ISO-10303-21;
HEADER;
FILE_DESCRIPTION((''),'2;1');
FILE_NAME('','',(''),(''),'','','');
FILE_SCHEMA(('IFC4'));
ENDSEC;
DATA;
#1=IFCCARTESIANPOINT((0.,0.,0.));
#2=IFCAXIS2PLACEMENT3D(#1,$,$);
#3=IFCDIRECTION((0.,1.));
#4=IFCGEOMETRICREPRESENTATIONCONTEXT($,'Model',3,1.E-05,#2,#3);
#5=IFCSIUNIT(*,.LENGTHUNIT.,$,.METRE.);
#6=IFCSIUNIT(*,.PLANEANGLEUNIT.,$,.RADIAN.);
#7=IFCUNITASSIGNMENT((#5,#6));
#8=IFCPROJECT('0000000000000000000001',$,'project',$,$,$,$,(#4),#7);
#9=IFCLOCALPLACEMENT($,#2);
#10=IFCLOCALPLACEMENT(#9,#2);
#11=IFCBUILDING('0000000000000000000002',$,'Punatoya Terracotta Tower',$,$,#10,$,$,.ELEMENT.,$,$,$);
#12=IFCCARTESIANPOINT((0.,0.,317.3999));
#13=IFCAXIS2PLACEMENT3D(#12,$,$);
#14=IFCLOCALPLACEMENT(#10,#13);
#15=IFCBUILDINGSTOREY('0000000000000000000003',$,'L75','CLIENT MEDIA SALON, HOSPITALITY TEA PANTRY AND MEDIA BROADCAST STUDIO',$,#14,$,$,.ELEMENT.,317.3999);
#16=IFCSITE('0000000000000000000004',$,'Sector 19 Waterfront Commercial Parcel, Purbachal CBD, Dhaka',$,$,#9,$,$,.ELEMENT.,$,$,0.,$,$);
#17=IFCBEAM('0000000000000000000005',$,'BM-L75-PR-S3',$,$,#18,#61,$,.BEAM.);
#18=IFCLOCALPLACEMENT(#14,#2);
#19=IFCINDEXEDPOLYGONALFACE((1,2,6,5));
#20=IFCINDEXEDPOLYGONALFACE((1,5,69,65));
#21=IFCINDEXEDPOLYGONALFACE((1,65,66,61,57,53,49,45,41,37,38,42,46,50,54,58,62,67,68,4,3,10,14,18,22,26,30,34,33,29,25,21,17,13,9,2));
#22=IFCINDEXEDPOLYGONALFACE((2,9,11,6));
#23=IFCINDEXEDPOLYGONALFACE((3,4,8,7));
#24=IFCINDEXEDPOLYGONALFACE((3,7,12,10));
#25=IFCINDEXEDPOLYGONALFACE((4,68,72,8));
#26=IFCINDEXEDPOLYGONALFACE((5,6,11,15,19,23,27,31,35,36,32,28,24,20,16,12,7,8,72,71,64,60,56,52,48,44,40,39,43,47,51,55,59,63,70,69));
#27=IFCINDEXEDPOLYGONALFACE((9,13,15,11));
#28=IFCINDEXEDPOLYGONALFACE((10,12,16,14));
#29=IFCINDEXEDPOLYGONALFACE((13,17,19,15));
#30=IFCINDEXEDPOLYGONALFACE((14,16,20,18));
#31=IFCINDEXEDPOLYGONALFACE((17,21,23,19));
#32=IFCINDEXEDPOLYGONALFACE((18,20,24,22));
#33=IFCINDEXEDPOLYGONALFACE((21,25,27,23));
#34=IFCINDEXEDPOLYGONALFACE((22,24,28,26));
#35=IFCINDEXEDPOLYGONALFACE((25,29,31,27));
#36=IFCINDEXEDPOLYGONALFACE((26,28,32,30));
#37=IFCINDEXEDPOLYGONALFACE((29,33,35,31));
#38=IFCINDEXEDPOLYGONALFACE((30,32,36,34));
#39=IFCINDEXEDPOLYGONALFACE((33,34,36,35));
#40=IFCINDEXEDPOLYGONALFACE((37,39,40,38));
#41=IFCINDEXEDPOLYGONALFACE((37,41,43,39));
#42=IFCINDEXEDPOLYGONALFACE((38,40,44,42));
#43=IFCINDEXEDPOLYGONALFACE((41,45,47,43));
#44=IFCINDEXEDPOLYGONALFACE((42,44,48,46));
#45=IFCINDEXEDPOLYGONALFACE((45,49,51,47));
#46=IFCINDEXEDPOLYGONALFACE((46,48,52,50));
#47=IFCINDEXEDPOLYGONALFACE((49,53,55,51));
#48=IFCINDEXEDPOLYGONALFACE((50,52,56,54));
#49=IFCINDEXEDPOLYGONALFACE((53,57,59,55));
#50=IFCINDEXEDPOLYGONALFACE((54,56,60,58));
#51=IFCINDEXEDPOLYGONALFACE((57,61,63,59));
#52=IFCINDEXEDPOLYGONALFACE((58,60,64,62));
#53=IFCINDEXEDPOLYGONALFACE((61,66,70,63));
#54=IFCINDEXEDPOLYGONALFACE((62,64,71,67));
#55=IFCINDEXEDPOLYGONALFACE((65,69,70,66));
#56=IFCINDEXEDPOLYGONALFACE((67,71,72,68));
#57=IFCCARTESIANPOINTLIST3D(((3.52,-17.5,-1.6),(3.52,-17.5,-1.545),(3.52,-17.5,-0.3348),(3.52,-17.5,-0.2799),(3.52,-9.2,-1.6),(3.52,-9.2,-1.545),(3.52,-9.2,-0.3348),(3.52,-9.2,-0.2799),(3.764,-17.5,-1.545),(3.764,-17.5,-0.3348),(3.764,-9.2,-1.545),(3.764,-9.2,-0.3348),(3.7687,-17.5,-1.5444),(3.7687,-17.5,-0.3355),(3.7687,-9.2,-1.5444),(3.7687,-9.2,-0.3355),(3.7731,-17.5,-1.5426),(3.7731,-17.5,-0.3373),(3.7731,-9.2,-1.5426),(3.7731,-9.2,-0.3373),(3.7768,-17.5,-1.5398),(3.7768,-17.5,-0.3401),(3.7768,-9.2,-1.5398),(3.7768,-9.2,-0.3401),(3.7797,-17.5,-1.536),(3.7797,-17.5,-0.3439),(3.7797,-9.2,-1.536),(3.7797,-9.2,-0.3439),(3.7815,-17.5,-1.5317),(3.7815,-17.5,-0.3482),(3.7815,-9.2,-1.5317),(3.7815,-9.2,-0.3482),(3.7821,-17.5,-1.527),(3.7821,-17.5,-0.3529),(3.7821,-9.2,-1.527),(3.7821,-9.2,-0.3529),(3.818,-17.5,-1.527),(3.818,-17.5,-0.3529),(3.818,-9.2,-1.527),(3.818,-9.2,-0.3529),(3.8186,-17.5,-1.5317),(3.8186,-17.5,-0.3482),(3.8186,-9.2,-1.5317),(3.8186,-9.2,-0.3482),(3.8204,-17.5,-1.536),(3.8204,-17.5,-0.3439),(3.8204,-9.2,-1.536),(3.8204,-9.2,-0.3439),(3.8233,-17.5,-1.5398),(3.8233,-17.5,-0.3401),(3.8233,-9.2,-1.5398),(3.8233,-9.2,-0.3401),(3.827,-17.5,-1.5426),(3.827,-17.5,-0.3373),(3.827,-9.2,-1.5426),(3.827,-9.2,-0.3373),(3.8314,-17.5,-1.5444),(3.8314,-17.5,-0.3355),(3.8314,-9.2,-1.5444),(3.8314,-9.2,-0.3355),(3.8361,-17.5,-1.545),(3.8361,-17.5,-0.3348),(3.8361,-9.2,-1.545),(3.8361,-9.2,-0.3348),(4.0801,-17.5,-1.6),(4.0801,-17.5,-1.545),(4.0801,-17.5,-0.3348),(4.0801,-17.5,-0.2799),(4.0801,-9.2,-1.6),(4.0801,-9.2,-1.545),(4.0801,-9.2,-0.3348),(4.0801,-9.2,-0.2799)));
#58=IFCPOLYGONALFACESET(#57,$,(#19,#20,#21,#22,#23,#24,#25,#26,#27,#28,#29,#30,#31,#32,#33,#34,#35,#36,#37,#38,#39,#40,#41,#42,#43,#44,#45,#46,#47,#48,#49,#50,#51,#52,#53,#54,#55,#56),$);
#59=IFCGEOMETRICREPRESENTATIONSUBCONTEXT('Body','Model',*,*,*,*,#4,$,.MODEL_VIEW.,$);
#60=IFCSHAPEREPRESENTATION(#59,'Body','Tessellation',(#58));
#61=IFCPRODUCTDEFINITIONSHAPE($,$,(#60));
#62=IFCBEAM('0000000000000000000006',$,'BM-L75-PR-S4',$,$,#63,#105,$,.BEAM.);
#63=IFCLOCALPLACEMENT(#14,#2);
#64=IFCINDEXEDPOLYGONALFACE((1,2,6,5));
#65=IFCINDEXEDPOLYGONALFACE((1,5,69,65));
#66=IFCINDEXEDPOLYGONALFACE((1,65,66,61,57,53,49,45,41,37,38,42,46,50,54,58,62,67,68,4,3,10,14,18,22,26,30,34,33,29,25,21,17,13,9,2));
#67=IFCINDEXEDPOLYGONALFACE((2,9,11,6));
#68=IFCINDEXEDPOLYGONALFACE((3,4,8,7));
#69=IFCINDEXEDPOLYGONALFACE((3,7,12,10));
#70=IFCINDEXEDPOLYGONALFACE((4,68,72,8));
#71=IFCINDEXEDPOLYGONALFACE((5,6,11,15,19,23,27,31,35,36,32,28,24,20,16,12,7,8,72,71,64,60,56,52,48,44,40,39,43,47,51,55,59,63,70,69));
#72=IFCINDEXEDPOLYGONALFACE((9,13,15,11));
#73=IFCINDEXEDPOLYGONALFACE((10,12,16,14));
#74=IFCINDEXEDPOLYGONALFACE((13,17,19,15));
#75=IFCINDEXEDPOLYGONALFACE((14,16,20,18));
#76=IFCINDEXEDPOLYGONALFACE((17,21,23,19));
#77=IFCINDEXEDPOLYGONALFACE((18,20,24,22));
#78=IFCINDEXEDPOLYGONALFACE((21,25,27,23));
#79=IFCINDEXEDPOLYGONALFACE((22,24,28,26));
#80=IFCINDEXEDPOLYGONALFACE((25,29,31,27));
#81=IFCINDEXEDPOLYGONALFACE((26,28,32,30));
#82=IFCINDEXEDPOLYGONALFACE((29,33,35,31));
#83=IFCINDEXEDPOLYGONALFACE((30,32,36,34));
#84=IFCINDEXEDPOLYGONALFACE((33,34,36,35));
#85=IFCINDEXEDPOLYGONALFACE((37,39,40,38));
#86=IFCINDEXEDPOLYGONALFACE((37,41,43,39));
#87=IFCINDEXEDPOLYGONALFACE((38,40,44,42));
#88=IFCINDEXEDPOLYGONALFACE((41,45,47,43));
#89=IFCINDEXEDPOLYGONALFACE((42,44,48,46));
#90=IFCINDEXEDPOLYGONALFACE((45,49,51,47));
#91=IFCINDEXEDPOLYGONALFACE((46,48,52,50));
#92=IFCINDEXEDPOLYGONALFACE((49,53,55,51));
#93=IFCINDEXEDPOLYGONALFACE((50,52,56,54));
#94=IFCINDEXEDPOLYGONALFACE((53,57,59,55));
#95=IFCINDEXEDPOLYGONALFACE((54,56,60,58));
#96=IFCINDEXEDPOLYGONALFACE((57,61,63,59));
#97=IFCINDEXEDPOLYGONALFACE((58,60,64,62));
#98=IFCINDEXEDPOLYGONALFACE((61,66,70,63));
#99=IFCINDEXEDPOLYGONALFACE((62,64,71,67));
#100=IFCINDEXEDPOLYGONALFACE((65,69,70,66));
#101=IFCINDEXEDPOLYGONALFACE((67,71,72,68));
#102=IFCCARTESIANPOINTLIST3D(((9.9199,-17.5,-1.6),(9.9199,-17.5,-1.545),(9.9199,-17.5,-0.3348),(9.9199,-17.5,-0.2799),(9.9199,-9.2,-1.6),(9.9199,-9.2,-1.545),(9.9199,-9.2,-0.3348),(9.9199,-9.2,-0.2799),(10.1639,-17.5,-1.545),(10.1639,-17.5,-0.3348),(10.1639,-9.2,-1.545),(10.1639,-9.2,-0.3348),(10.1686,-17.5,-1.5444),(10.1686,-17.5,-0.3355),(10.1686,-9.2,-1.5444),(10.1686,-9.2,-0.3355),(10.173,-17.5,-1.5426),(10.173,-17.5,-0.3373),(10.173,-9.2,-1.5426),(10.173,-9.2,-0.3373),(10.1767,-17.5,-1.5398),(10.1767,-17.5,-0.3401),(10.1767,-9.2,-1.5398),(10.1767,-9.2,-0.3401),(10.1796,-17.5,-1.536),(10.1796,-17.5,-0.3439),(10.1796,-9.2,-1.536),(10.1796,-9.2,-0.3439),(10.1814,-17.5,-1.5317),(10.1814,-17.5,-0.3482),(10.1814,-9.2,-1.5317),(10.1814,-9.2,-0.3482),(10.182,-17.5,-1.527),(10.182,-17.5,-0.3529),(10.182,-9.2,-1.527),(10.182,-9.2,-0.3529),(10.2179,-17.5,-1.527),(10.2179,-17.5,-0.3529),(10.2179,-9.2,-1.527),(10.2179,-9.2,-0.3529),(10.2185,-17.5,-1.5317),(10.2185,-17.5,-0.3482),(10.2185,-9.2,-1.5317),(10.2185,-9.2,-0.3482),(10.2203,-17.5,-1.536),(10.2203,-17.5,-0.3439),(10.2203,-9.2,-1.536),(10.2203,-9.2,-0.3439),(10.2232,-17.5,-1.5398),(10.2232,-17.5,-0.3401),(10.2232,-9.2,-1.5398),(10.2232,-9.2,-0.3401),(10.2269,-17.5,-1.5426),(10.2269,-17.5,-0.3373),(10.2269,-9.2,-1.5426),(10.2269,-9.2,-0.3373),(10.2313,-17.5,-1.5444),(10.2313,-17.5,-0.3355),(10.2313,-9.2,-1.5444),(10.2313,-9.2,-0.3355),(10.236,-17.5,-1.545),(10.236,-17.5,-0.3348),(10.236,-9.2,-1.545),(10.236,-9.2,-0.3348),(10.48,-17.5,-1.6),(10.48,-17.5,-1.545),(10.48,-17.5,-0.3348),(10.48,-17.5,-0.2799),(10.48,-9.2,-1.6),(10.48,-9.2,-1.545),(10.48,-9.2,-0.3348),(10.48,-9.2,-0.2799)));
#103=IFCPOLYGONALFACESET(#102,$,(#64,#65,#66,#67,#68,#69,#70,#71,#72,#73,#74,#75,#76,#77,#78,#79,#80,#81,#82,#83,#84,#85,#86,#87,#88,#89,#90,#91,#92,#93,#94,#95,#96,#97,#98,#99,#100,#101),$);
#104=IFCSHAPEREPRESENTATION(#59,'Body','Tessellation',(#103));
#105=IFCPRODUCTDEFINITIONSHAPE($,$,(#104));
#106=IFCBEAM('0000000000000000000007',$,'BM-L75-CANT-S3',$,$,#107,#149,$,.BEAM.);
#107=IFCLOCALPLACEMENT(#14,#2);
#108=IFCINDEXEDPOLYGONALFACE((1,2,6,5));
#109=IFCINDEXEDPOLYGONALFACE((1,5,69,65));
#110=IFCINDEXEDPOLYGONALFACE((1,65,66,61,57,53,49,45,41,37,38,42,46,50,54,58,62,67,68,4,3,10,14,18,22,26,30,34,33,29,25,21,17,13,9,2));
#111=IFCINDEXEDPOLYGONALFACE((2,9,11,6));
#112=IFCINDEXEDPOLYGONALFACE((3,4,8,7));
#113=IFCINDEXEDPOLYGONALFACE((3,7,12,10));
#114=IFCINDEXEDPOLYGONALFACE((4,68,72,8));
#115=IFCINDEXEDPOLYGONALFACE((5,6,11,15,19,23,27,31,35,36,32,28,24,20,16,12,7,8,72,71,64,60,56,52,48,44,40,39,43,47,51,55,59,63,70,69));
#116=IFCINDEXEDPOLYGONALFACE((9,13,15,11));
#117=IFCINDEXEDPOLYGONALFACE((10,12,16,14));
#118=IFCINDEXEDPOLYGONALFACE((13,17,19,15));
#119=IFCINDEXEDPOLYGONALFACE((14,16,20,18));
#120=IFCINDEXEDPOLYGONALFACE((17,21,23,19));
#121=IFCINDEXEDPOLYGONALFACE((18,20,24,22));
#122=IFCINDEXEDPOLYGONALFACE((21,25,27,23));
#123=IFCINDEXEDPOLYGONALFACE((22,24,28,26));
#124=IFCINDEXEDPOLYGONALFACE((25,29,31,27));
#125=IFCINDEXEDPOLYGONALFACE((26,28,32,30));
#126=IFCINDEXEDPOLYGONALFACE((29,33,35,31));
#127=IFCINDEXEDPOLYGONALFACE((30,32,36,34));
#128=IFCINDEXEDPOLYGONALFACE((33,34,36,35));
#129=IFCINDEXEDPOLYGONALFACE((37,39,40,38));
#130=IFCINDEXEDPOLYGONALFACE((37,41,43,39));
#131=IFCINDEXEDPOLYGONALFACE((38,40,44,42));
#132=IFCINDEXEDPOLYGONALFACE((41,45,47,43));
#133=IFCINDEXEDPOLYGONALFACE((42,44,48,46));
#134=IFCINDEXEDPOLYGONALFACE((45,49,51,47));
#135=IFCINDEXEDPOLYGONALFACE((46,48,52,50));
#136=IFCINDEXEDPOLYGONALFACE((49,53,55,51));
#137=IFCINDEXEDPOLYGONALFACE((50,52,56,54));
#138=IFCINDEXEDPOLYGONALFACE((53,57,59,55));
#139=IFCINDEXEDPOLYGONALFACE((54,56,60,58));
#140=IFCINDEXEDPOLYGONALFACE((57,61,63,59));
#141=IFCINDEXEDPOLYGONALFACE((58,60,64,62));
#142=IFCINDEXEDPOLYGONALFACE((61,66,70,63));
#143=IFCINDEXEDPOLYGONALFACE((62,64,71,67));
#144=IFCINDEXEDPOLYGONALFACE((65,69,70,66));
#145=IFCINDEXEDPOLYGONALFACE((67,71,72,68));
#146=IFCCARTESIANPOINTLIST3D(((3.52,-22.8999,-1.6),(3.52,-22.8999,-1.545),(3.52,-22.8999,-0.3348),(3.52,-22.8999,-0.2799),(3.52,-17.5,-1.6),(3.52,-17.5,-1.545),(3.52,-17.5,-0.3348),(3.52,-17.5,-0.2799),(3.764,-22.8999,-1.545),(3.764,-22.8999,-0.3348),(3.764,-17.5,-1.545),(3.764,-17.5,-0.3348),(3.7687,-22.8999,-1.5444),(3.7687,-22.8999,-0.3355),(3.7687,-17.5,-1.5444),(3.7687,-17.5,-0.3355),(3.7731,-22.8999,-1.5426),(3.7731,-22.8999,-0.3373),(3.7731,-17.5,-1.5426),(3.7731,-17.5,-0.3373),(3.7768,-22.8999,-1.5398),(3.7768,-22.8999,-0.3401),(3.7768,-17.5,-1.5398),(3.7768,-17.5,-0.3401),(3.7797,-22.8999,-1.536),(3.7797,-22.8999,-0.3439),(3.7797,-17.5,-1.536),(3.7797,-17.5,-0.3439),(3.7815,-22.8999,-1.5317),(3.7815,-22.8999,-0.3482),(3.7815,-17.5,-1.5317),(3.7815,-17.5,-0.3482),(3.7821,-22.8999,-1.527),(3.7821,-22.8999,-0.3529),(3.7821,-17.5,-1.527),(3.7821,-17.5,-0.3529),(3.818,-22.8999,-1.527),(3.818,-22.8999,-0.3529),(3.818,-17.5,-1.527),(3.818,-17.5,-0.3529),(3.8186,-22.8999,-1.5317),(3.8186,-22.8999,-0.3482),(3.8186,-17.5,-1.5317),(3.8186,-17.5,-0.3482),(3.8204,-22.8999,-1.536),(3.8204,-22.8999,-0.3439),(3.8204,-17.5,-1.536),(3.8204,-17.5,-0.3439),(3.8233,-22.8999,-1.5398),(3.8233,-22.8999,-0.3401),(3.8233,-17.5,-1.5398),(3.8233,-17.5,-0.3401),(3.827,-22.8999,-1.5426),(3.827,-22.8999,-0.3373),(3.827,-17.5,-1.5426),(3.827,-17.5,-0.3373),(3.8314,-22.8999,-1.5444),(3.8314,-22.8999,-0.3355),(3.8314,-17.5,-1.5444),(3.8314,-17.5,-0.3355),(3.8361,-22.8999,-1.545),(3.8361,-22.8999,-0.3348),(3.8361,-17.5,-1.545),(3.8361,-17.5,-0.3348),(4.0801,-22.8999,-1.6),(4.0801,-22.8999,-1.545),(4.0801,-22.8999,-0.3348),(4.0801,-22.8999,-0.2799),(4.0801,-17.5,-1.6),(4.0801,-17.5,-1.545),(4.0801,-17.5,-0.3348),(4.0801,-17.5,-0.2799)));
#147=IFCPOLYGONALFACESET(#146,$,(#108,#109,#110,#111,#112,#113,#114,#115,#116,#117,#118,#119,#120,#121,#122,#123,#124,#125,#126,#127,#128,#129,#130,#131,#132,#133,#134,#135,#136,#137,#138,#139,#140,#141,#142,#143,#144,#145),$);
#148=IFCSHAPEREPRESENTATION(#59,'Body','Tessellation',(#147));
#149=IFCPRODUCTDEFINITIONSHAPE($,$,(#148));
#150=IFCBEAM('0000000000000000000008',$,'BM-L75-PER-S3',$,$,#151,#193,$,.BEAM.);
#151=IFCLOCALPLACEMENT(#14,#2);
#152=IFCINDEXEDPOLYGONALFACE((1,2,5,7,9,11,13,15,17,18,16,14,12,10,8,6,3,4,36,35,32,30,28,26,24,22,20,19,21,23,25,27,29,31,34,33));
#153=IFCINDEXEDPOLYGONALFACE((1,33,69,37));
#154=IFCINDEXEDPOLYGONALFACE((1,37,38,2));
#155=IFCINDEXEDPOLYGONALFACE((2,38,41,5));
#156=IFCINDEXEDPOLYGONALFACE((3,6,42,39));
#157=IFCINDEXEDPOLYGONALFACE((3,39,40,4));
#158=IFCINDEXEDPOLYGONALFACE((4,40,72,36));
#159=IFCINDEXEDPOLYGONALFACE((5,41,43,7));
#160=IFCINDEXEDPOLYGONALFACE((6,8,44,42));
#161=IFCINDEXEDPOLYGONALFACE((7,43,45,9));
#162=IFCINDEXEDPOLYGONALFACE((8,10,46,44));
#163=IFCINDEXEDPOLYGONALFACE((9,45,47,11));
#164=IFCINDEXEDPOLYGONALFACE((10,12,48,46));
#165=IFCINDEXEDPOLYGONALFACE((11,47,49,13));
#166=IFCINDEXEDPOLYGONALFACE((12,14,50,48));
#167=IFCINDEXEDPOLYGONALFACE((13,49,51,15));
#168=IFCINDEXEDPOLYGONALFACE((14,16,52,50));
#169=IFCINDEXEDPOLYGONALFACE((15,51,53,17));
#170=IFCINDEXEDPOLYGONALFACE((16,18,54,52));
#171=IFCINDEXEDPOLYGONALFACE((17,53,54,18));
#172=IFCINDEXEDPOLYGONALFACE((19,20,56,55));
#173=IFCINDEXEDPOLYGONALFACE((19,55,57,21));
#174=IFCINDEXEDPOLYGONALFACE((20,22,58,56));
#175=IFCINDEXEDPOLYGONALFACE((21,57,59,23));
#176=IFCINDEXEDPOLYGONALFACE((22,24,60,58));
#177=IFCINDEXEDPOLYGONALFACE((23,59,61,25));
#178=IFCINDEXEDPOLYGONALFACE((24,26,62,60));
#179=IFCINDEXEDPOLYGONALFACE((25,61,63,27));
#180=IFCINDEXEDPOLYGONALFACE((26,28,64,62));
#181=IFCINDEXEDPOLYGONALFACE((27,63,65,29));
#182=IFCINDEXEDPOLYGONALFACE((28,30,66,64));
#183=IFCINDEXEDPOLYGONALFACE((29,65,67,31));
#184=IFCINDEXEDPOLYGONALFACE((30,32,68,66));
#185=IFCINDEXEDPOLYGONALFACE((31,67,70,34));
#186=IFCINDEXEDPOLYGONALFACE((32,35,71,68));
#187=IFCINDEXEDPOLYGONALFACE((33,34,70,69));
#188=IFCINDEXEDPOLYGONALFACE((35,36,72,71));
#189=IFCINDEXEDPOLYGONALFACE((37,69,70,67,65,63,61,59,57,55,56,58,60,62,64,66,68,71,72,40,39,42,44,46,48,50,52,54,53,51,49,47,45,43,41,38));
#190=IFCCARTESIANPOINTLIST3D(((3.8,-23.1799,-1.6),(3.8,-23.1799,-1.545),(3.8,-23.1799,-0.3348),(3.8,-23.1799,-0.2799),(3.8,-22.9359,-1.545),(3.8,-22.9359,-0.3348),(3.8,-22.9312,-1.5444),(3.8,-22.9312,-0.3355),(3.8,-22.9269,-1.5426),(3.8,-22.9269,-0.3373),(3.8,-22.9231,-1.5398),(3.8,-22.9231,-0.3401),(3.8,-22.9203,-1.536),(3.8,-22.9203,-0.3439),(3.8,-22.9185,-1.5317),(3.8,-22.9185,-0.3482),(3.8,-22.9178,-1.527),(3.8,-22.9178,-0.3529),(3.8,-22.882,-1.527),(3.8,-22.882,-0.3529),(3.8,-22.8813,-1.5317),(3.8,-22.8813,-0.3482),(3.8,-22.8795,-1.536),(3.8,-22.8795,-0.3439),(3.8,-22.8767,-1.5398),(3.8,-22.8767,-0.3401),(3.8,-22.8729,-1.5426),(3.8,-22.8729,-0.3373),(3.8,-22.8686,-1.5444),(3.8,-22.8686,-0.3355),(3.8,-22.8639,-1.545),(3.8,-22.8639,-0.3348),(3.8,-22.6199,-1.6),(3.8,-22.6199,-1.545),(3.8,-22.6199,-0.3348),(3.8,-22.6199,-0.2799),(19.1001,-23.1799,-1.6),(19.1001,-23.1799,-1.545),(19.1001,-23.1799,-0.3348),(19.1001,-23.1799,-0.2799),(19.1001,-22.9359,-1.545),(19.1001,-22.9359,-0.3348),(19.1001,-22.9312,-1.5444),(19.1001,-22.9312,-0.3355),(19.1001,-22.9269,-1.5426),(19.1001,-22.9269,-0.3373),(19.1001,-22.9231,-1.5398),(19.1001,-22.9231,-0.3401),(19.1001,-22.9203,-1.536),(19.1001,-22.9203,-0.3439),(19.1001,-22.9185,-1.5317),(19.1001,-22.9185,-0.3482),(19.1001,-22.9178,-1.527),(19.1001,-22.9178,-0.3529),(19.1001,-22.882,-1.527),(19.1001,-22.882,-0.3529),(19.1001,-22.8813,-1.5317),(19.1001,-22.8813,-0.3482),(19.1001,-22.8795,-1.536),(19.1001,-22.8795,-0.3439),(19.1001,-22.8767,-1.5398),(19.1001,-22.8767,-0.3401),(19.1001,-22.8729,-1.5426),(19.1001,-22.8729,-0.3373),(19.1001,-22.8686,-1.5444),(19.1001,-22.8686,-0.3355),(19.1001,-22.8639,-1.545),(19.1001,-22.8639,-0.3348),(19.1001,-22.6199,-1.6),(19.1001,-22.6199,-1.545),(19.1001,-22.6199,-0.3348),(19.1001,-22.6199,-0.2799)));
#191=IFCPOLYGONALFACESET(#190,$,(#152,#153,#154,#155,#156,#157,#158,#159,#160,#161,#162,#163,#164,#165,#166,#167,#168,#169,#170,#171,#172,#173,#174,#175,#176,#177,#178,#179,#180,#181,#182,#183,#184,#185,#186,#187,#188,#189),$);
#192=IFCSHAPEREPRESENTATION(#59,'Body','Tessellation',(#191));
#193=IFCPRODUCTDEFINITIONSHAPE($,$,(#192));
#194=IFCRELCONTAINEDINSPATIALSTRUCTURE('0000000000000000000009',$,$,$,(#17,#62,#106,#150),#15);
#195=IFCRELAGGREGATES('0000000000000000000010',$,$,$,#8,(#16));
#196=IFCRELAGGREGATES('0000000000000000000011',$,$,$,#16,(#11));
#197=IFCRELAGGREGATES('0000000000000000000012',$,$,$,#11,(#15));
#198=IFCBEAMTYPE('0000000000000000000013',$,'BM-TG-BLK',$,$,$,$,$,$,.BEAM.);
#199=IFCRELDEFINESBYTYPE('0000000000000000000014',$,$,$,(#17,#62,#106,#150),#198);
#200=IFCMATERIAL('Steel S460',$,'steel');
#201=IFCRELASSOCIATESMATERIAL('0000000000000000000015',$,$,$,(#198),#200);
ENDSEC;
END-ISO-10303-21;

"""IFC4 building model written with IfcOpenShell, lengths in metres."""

from ifc_helpers import new_model, si_unit, direction, frame, origin, origin_2d, place, context, subcontext, project, spatial, i_section, extrude, material, material_profile, profile_set, type_object, element, save


model = new_model("IFC4")

# Units and contexts
model_context = context("Model", 3, precision=1e-05, world=origin(), true_north=direction((0.0, 1.0)))
body_context = subcontext(model_context, "Body", "Model", "MODEL_VIEW")
ifc_project = project(units=[si_unit("LENGTHUNIT", "METRE"), si_unit("PLANEANGLEUNIT", "RADIAN")], contexts=[model_context])

# Site, building, storey
site_placement = place(None, origin())
site = spatial("IfcSite", under=ifc_project, at=site_placement, Name="Sector 19 Waterfront Commercial Parcel, Purbachal CBD, Dhaka", CompositionType="ELEMENT", RefElevation=0.0)
building_placement = place(site_placement, origin())
building = spatial("IfcBuilding", under=site, at=building_placement, Name="Punatoya Terracotta Tower", CompositionType="ELEMENT")
storey_placement = place(building_placement, frame((0.0, 0.0, 317.3999)))
storey = spatial("IfcBuildingStorey", under=building, at=storey_placement, Name="L75", Description="CLIENT MEDIA SALON, HOSPITALITY TEA PANTRY AND MEDIA BROADCAST STUDIO", CompositionType="ELEMENT", Elevation=317.3999)

# Shared definitions
ifc_material_1 = material(Name="Steel S460", Category="steel")

# Beams
ifc_material_profile_1 = material_profile(ifc_material_1, i_section(OverallWidth=0.5601, OverallDepth=1.3201, WebThickness=0.0359, FlangeThickness=0.0549, FilletRadius=0.0181, at=origin_2d()))
ifc_profile_set_1 = profile_set([ifc_material_profile_1], Name="Steel S460")
beam_type_1 = type_object("IfcBeamType", Name="BM-TG-BLK", PredefinedType="BEAM", material=ifc_profile_set_1)
for number, where, z_axis, x_axis, name in (
    (1, (3.8, -17.5, -0.9399), (0.0, 1.0, 0.0), (-1.0, 0.0, 0.0), "BM-L75-PR-S3"),
    (2, (10.2, -17.5, -0.9399), (0.0, 1.0, 0.0), (-1.0, 0.0, 0.0), "BM-L75-PR-S4"),
):
    element("IfcBeam", number, at=place(storey_placement, frame(where, z_axis=z_axis, x_axis=x_axis)), inside=storey, type_object=beam_type_1, Name=name, PredefinedType="BEAM", context=body_context, shape_type="SweptSolid", body=[
        extrude(i_section(OverallWidth=0.5601, OverallDepth=1.3201, WebThickness=0.0359, FlangeThickness=0.0549, FilletRadius=0.0181, at=origin_2d()), origin(), (0.0, 0.0, 1.0), 8.3),
    ])
beam_1_placement = place(storey_placement, frame((3.8, -22.8999, -0.9399), z_axis=(0.0, 1.0, 0.0), x_axis=(-1.0, 0.0, 0.0)))
element("IfcBeam", 3, at=beam_1_placement, inside=storey, type_object=beam_type_1, Name="BM-L75-CANT-S3", PredefinedType="BEAM", context=body_context, shape_type="SweptSolid", body=[
    extrude(i_section(OverallWidth=0.5601, OverallDepth=1.3201, WebThickness=0.0359, FlangeThickness=0.0549, FilletRadius=0.0181, at=origin_2d()), origin(), (0.0, 0.0, 1.0), 5.3999),
])
beam_2_placement = place(storey_placement, frame((3.8, -22.8999, -0.9399), z_axis=(1.0, 0.0, 0.0), x_axis=(0.0, 1.0, 0.0)))
element("IfcBeam", 4, at=beam_2_placement, inside=storey, type_object=beam_type_1, Name="BM-L75-PER-S3", PredefinedType="BEAM", context=body_context, shape_type="SweptSolid", body=[
    extrude(i_section(OverallWidth=0.5601, OverallDepth=1.3201, WebThickness=0.0359, FlangeThickness=0.0549, FilletRadius=0.0181, at=origin_2d()), origin(), (0.0, 0.0, 1.0), 15.3),
])

save(model, "model.ifc")
